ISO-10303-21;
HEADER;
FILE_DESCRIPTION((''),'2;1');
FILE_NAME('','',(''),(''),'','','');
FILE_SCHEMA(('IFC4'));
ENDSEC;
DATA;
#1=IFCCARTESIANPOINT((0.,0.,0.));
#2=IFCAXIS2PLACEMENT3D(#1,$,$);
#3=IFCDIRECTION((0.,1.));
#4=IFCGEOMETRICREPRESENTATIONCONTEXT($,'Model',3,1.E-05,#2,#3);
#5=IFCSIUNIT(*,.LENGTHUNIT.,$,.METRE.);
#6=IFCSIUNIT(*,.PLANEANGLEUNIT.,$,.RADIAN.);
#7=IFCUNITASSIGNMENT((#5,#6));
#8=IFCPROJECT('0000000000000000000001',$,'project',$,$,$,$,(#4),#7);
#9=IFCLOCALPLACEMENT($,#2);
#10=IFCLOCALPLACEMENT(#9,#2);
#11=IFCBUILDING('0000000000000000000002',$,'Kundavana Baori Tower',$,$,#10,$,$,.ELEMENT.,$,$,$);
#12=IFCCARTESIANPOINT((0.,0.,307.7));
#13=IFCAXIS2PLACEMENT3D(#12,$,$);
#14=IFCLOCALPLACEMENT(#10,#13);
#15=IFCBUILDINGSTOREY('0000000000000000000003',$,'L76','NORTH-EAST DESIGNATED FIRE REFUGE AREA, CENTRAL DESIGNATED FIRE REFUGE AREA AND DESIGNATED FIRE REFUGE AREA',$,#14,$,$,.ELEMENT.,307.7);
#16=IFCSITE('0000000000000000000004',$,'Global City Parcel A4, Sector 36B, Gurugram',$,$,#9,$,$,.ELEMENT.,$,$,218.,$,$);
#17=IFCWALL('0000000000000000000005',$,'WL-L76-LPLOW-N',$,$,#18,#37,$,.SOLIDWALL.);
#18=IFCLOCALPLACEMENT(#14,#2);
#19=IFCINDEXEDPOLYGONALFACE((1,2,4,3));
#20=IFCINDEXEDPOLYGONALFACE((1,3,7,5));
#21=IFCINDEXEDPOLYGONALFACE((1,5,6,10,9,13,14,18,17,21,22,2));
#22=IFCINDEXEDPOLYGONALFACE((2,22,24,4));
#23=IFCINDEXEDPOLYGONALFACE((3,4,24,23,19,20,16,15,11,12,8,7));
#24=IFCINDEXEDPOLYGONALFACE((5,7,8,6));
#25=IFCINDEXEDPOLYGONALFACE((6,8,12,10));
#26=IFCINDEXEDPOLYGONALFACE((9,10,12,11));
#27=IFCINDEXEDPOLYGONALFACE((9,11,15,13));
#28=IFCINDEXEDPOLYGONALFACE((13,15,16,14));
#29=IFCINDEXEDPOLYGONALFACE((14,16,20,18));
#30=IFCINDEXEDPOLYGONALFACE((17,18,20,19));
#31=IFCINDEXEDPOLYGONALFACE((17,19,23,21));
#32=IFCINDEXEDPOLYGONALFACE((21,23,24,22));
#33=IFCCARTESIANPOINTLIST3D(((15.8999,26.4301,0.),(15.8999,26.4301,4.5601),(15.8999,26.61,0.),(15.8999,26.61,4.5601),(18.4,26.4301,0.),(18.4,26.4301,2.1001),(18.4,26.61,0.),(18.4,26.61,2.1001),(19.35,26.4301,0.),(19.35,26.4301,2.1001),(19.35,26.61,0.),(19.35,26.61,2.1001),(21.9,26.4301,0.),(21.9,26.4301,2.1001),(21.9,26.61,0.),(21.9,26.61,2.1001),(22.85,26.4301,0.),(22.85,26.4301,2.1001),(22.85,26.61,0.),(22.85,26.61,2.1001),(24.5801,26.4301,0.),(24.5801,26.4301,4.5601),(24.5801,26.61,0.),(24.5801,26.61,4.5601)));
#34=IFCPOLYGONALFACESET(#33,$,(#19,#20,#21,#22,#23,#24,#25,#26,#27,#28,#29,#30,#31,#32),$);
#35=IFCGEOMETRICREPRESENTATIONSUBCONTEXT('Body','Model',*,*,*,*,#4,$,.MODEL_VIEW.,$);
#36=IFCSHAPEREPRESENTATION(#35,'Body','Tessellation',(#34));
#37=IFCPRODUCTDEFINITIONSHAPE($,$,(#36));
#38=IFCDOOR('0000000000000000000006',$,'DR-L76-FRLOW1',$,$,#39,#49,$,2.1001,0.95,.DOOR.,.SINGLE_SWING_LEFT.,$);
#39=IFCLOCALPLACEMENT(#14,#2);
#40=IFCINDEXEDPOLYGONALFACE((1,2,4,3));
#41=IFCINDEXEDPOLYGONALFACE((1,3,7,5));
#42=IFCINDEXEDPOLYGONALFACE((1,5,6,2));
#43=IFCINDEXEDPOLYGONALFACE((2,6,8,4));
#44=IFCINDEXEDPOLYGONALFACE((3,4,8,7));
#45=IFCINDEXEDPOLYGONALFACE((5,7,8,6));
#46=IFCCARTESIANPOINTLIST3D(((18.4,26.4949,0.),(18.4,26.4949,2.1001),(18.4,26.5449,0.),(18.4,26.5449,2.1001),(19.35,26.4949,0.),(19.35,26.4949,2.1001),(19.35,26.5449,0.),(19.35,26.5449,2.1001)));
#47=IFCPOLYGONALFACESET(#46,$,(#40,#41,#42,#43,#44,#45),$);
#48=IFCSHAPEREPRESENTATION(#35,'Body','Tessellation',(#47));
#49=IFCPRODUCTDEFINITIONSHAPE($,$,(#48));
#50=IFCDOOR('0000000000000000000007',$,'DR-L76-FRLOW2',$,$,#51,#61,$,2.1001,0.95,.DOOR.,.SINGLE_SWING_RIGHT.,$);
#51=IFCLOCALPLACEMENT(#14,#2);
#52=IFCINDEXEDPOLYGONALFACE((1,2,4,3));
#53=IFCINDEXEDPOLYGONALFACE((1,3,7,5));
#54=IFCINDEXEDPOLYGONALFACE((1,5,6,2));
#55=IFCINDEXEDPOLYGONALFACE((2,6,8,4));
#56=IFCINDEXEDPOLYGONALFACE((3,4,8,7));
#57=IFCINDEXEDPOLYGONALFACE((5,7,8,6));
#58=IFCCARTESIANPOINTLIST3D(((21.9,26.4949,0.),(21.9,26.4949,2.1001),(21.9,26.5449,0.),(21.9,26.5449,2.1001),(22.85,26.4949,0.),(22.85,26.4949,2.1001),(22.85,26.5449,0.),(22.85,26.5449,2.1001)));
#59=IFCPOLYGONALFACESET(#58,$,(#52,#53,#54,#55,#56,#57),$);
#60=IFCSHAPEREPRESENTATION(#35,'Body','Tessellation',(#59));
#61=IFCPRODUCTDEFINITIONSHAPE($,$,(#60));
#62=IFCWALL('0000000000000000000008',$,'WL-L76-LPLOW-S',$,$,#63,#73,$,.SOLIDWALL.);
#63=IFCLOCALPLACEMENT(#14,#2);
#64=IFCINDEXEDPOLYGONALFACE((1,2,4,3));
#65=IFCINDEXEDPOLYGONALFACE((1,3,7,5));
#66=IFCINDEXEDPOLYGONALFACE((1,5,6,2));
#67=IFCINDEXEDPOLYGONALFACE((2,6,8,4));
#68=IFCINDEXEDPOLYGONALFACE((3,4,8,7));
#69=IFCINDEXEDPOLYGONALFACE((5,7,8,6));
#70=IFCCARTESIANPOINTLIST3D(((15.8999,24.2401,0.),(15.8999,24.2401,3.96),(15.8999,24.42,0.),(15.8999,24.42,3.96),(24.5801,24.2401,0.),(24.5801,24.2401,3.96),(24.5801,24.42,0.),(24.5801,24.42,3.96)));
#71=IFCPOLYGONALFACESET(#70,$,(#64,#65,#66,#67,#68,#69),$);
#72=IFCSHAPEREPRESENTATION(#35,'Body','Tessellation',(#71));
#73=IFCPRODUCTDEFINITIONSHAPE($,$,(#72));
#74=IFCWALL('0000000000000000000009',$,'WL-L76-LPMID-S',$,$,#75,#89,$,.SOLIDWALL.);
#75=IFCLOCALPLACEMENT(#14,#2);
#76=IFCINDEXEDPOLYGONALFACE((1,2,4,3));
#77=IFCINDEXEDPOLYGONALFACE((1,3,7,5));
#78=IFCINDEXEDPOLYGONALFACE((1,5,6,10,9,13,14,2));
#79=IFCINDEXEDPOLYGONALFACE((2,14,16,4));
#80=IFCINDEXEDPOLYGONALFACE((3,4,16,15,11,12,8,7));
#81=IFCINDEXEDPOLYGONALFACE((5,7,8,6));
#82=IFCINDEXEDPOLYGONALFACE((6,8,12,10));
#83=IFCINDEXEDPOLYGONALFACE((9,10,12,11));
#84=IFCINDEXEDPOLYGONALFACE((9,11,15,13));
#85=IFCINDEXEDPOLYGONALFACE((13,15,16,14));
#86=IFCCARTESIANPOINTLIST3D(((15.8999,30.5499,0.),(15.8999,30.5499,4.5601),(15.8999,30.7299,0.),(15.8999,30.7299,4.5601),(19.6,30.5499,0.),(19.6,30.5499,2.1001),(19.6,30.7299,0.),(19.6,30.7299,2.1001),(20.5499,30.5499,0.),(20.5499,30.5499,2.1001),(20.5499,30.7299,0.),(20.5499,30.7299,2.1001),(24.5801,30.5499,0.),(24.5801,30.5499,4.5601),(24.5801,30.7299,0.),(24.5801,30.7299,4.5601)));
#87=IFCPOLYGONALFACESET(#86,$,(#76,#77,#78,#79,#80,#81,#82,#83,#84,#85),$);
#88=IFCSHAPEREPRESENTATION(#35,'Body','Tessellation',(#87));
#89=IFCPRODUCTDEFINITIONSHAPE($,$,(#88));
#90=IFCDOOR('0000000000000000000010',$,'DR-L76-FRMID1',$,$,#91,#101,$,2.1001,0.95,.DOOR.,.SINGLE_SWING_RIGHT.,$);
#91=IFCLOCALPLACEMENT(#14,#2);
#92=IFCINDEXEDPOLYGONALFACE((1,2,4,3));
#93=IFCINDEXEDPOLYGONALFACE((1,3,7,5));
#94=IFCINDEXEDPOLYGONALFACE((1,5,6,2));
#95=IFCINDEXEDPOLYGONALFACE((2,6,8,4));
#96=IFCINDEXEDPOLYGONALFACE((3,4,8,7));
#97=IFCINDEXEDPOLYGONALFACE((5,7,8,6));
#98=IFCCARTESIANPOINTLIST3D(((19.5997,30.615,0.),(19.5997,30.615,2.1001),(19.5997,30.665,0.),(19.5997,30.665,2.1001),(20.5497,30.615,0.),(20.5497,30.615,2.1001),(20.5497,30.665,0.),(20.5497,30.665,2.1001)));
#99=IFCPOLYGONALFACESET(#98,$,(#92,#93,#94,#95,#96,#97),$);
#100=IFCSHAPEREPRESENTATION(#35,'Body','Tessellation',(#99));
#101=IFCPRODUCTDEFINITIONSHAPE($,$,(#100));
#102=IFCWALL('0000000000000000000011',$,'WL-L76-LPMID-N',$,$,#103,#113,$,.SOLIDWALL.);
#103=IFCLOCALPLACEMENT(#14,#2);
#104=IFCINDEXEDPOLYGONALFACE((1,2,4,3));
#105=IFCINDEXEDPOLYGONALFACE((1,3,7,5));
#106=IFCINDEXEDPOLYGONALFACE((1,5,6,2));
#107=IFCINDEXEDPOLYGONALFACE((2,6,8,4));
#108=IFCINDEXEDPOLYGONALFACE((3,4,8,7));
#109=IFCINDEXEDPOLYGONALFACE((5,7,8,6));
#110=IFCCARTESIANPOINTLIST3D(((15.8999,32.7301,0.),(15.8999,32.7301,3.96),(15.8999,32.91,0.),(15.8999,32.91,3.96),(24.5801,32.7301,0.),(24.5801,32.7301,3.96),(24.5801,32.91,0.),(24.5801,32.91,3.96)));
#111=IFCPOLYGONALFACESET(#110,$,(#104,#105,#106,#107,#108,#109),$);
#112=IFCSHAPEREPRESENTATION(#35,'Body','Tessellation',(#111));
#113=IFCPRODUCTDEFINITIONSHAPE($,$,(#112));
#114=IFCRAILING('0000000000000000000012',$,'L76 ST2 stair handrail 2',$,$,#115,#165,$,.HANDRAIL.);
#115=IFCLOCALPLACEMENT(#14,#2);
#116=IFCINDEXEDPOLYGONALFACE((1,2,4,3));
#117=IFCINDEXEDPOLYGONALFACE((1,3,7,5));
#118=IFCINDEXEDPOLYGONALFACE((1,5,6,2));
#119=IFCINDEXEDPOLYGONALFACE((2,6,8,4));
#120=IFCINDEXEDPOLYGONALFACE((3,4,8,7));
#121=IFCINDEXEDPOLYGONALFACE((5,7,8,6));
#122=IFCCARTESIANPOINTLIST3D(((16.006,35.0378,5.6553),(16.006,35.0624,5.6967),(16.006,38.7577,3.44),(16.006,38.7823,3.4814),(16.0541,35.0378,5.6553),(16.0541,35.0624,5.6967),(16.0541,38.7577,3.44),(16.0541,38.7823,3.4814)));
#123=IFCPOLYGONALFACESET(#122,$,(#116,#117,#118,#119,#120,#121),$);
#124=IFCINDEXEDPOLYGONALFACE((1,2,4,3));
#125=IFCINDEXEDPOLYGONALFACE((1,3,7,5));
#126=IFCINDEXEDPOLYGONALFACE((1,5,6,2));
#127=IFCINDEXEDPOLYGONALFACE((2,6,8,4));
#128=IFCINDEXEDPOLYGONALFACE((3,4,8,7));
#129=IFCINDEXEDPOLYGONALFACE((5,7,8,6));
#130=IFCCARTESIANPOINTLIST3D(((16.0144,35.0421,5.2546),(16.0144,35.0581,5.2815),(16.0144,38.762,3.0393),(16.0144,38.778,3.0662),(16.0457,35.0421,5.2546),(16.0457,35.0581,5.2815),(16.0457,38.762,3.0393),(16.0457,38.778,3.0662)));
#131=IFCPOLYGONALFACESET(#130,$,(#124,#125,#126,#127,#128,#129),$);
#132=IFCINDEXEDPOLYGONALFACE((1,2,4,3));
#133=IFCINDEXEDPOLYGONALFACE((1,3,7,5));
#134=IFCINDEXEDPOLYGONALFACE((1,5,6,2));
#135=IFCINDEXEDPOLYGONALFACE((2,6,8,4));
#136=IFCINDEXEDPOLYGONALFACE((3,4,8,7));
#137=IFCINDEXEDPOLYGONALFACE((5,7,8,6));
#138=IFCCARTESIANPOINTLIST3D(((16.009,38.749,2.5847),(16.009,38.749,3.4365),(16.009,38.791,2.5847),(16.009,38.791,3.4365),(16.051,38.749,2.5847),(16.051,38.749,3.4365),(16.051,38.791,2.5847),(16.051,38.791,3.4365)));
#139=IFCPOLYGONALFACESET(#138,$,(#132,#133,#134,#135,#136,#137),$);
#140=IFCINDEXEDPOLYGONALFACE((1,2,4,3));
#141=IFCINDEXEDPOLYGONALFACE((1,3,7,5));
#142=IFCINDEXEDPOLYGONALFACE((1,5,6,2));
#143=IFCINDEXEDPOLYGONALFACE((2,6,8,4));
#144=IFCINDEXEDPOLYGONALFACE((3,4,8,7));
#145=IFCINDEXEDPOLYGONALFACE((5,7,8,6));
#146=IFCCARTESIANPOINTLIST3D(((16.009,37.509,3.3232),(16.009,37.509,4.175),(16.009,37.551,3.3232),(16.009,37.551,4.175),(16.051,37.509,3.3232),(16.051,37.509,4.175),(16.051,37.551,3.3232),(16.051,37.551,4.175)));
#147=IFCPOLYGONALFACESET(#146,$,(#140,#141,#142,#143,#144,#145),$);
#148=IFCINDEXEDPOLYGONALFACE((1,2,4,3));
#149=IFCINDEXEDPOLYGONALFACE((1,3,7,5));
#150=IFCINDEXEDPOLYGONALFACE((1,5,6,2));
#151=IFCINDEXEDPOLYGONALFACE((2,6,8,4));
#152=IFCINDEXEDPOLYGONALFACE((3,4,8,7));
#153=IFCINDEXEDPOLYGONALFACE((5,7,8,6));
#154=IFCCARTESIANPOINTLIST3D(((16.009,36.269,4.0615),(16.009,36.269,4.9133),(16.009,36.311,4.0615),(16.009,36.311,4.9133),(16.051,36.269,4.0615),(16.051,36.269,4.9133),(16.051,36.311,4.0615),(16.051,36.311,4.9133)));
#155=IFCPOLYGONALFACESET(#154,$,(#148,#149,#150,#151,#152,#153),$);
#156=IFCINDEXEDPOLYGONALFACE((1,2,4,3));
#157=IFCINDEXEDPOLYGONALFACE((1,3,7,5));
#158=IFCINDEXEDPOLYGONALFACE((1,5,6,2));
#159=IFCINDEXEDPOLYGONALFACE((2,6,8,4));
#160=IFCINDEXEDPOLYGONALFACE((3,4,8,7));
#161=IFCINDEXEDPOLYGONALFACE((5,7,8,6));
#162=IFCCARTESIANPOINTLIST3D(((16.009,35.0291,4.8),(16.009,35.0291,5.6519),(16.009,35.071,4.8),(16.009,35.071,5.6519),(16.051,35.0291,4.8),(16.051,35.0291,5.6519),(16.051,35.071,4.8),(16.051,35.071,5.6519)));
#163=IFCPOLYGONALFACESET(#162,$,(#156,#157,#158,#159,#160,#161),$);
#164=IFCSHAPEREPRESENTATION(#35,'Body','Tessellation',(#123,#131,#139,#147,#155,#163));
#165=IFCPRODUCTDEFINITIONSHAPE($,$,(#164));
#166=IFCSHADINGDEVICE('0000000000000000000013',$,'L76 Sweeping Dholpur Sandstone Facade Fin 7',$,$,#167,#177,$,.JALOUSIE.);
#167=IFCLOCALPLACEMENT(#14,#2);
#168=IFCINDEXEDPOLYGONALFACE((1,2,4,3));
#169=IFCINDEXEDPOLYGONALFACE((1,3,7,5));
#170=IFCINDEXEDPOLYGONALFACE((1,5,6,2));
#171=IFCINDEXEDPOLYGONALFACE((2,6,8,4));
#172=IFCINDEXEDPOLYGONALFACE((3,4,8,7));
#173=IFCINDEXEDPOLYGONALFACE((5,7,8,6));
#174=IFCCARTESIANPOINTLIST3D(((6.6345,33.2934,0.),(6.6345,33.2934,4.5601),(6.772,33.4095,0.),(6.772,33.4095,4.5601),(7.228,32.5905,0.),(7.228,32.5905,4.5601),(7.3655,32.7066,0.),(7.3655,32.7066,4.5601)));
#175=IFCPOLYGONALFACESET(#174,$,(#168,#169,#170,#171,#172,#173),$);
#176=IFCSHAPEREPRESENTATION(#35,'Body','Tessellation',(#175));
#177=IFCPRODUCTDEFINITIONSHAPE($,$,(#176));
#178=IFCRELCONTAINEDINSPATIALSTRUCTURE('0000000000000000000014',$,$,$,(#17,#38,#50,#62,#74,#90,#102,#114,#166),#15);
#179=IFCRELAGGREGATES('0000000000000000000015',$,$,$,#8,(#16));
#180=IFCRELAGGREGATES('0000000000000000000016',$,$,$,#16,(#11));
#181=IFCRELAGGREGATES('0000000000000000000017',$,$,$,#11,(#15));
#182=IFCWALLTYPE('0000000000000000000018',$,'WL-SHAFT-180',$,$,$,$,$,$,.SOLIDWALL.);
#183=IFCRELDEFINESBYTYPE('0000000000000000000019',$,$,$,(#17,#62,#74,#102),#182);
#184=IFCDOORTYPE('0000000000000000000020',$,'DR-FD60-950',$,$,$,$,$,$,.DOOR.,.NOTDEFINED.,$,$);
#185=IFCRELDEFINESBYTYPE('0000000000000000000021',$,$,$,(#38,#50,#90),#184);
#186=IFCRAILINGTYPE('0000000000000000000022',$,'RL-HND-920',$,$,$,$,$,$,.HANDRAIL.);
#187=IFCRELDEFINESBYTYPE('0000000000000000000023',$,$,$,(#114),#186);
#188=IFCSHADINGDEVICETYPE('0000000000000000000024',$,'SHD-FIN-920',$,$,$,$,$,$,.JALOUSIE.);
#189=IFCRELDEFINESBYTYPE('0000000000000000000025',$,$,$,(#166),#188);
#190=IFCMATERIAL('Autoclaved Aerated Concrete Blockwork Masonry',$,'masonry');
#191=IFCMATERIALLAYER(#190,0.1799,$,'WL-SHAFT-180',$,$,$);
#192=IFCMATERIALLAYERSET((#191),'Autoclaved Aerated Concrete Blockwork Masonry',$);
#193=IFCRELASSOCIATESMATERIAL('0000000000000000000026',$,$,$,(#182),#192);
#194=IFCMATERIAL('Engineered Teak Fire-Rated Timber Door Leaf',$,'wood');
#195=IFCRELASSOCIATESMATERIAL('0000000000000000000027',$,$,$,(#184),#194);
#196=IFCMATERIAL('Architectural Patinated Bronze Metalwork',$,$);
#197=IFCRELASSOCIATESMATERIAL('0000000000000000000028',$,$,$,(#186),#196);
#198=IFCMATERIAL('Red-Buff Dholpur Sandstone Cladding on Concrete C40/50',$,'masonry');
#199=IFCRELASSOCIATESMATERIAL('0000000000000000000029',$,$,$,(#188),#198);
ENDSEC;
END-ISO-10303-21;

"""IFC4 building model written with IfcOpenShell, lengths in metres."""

from ifc_helpers import new_model, si_unit, direction, frame, frame_2d, origin, origin_2d, place, context, subcontext, project, spatial, rectangle, extrude, material, layer, layer_set, type_object, element, fill, save


model = new_model("IFC4")

# Units and contexts
model_context = context("Model", 3, precision=1e-05, world=origin(), true_north=direction((0.0, 1.0)))
body_context = subcontext(model_context, "Body", "Model", "MODEL_VIEW")
ifc_project = project(units=[si_unit("LENGTHUNIT", "METRE"), si_unit("PLANEANGLEUNIT", "RADIAN")], contexts=[model_context])

# Site, building, storey
site_placement = place(None, origin())
site = spatial("IfcSite", under=ifc_project, at=site_placement, Name="Global City Parcel A4, Sector 36B, Gurugram", CompositionType="ELEMENT", RefElevation=218.0)
building_placement = place(site_placement, origin())
building = spatial("IfcBuilding", under=site, at=building_placement, Name="Kundavana Baori Tower", CompositionType="ELEMENT")
storey_placement = place(building_placement, frame((0.0, 0.0, 307.7)))
storey = spatial("IfcBuildingStorey", under=building, at=storey_placement, Name="L76", Description="NORTH-EAST DESIGNATED FIRE REFUGE AREA, CENTRAL DESIGNATED FIRE REFUGE AREA AND DESIGNATED FIRE REFUGE AREA", CompositionType="ELEMENT", Elevation=307.7)

# Wall, openings, doors
ifc_material_1 = material(Name="Autoclaved Aerated Concrete Blockwork Masonry", Category="masonry")
ifc_layer_1 = layer(ifc_material_1, 0.1799, Name="WL-SHAFT-180")
ifc_layer_set_1 = layer_set([ifc_layer_1], Name="Autoclaved Aerated Concrete Blockwork Masonry")
wall_type_1 = type_object("IfcWallType", Name="WL-SHAFT-180", PredefinedType="SOLIDWALL", material=ifc_layer_set_1)
wall_1_placement = place(storey_placement, frame((15.8999, 26.52, 0.0), z_axis=(0.0, 0.0, 1.0), x_axis=(1.0, 0.0, 0.0)))
wall_1 = element("IfcWall", 1, at=wall_1_placement, inside=storey, type_object=wall_type_1, Name="WL-L76-LPLOW-N", PredefinedType="SOLIDWALL", context=body_context, shape_type="SweptSolid", body=[
    extrude(rectangle(XDim=8.6802, YDim=0.1799, at=frame_2d((4.3401, 0.0))), origin(), (0.0, 0.0, 1.0), 4.5601),
])
opening_1_placement = place(wall_1_placement, frame((2.5, 0.0, 0.0)))
opening_1 = element("IfcOpeningElement", 2, at=opening_1_placement, cuts=wall_1, PredefinedType="OPENING", context=body_context, shape_type="SweptSolid", body=[
    extrude(rectangle(XDim=0.95, YDim=2.1001, at=frame_2d((0.4751, 1.05))), frame((0.0, 0.1001, 0.0), z_axis=(0.0, -1.0, 0.0), x_axis=(1.0, 0.0, 0.0)), (0.0, 0.0, 1.0), 0.2),
])
opening_2_placement = place(wall_1_placement, frame((6.0, 0.0, 0.0)))
opening_2 = element("IfcOpeningElement", 3, at=opening_2_placement, cuts=wall_1, PredefinedType="OPENING", context=body_context, shape_type="SweptSolid", body=[
    extrude(rectangle(XDim=0.95, YDim=2.1001, at=frame_2d((0.4751, 1.05))), frame((0.0, 0.1001, 0.0), z_axis=(0.0, -1.0, 0.0), x_axis=(1.0, 0.0, 0.0)), (0.0, 0.0, 1.0), 0.2),
])
ifc_material_2 = material(Name="Engineered Teak Fire-Rated Timber Door Leaf", Category="wood")
door_type = type_object("IfcDoorType", Name="DR-FD60-950", OperationType="NOTDEFINED", PredefinedType="DOOR", material=ifc_material_2)
door_1_placement = place(opening_1_placement, origin())
door_1 = element("IfcDoor", 4, at=door_1_placement, inside=storey, type_object=door_type, Name="DR-L76-FRLOW1", OperationType="SINGLE_SWING_LEFT", OverallHeight=2.1001, OverallWidth=0.95, PredefinedType="DOOR", context=body_context, shape_type="SweptSolid", body=[
    extrude(rectangle(XDim=0.95, YDim=2.1001, at=frame_2d((0.4751, 1.05))), frame((0.0, 0.0249, 0.0), z_axis=(0.0, -1.0, 0.0), x_axis=(1.0, 0.0, 0.0)), (0.0, 0.0, 1.0), 0.05),
])
fill(opening_1, door_1)
door_2_placement = place(opening_2_placement, origin())
door_2 = element("IfcDoor", 5, at=door_2_placement, inside=storey, type_object=door_type, Name="DR-L76-FRLOW2", OperationType="SINGLE_SWING_RIGHT", OverallHeight=2.1001, OverallWidth=0.95, PredefinedType="DOOR", context=body_context, shape_type="SweptSolid", body=[
    extrude(rectangle(XDim=0.95, YDim=2.1001, at=frame_2d((0.4751, 1.05))), frame((0.0, 0.0249, 0.0), z_axis=(0.0, -1.0, 0.0), x_axis=(1.0, 0.0, 0.0)), (0.0, 0.0, 1.0), 0.05),
])
fill(opening_2, door_2)

# Wall
wall_2_placement = place(storey_placement, frame((15.8999, 24.3301, 0.0), z_axis=(0.0, 0.0, 1.0), x_axis=(1.0, 0.0, 0.0)))
element("IfcWall", 6, at=wall_2_placement, inside=storey, type_object=wall_type_1, Name="WL-L76-LPLOW-S", PredefinedType="SOLIDWALL", context=body_context, shape_type="SweptSolid", body=[
    extrude(rectangle(XDim=8.6802, YDim=0.1799, at=frame_2d((4.3401, 0.0))), origin(), (0.0, 0.0, 1.0), 3.96),
])

# Wall, opening, door
wall_3_placement = place(storey_placement, frame((15.8999, 30.6399, 0.0), z_axis=(0.0, 0.0, 1.0), x_axis=(1.0, 0.0, 0.0)))
wall_3 = element("IfcWall", 7, at=wall_3_placement, inside=storey, type_object=wall_type_1, Name="WL-L76-LPMID-S", PredefinedType="SOLIDWALL", context=body_context, shape_type="SweptSolid", body=[
    extrude(rectangle(XDim=8.6802, YDim=0.1799, at=frame_2d((4.3401, 0.0))), origin(), (0.0, 0.0, 1.0), 4.5601),
])
opening_3_placement = place(wall_3_placement, frame((3.7, 0.0, 0.0)))
opening_3 = element("IfcOpeningElement", 8, at=opening_3_placement, cuts=wall_3, PredefinedType="OPENING", context=body_context, shape_type="SweptSolid", body=[
    extrude(rectangle(XDim=0.95, YDim=2.1001, at=frame_2d((0.4751, 1.05))), frame((0.0, 0.1001, 0.0), z_axis=(0.0, -1.0, 0.0), x_axis=(1.0, 0.0, 0.0)), (0.0, 0.0, 1.0), 0.2),
])
door_3_placement = place(opening_3_placement, frame((0.95, 0.0, 0.0), z_axis=(0.0, 0.0, 1.0), x_axis=(-1.0, 0.0, 0.0)))
door_3 = element("IfcDoor", 9, at=door_3_placement, inside=storey, type_object=door_type, Name="DR-L76-FRMID1", OperationType="SINGLE_SWING_RIGHT", OverallHeight=2.1001, OverallWidth=0.95, PredefinedType="DOOR", context=body_context, shape_type="SweptSolid", body=[
    extrude(rectangle(XDim=0.95, YDim=2.1001, at=frame_2d((0.4751, 1.05))), frame((0.0, 0.0249, 0.0), z_axis=(0.0, -1.0, 0.0), x_axis=(1.0, 0.0, 0.0)), (0.0, 0.0, 1.0), 0.05),
])
fill(opening_3, door_3)

# Wall
wall_4_placement = place(storey_placement, frame((15.8999, 32.8201, 0.0), z_axis=(0.0, 0.0, 1.0), x_axis=(1.0, 0.0, 0.0)))
element("IfcWall", 10, at=wall_4_placement, inside=storey, type_object=wall_type_1, Name="WL-L76-LPMID-N", PredefinedType="SOLIDWALL", context=body_context, shape_type="SweptSolid", body=[
    extrude(rectangle(XDim=8.6802, YDim=0.1799, at=frame_2d((4.3401, 0.0))), origin(), (0.0, 0.0, 1.0), 3.96),
])

# Railing
ifc_material_3 = material(Name="Architectural Patinated Bronze Metalwork")
railing_type = type_object("IfcRailingType", Name="RL-HND-920", PredefinedType="HANDRAIL", material=ifc_material_3)
railing_placement = place(storey_placement, frame((16.03, 38.77, 2.5847)))
element("IfcRailing", 11, at=railing_placement, inside=storey, type_object=railing_type, Name="L76 ST2 stair handrail 2", PredefinedType="HANDRAIL", context=body_context, shape_type="SweptSolid", body=[
    extrude(rectangle(XDim=0.0481, YDim=0.0481, at=origin_2d()), frame((0.0, 0.0, 0.876), z_axis=(0.0, -0.859185, 0.511665), x_axis=(1.0, 0.0, 0.0)), (0.0, 0.0, 1.0), 4.3296),
    extrude(rectangle(XDim=0.0312, YDim=0.0312, at=origin_2d()), frame((0.0, 0.0, 0.468), z_axis=(0.0, -0.859185, 0.511665), x_axis=(1.0, 0.0, 0.0)), (0.0, 0.0, 1.0), 4.3296),
    extrude(rectangle(XDim=0.042, YDim=0.042, at=origin_2d()), origin(), (0.0, 0.0, 1.0), 0.8518),
    extrude(rectangle(XDim=0.042, YDim=0.042, at=origin_2d()), frame((0.0, -1.24, 0.7385)), (0.0, 0.0, 1.0), 0.8518),
    extrude(rectangle(XDim=0.042, YDim=0.042, at=origin_2d()), frame((0.0, -2.48, 1.4768)), (0.0, 0.0, 1.0), 0.8518),
    extrude(rectangle(XDim=0.042, YDim=0.042, at=origin_2d()), frame((0.0, -3.72, 2.2153)), (0.0, 0.0, 1.0), 0.8518),
])

# Shading device
ifc_material_4 = material(Name="Red-Buff Dholpur Sandstone Cladding on Concrete C40/50", Category="masonry")
shading_device_type = type_object("IfcShadingDeviceType", Name="SHD-FIN-920", PredefinedType="JALOUSIE", material=ifc_material_4)
shading_device_placement = place(storey_placement, frame((7.0, 33.0, 0.0), z_axis=(0.0, 0.0, 1.0), x_axis=(0.764021, 0.645191, 0.0)))
element("IfcShadingDevice", 12, at=shading_device_placement, inside=storey, type_object=shading_device_type, Name="L76 Sweeping Dholpur Sandstone Facade Fin 7", PredefinedType="JALOUSIE", context=body_context, shape_type="SweptSolid", body=[
    extrude(rectangle(XDim=0.1799, YDim=0.9199, at=origin_2d()), origin(), (0.0, 0.0, 1.0), 4.5601),
])

save(model, "model.ifc")
